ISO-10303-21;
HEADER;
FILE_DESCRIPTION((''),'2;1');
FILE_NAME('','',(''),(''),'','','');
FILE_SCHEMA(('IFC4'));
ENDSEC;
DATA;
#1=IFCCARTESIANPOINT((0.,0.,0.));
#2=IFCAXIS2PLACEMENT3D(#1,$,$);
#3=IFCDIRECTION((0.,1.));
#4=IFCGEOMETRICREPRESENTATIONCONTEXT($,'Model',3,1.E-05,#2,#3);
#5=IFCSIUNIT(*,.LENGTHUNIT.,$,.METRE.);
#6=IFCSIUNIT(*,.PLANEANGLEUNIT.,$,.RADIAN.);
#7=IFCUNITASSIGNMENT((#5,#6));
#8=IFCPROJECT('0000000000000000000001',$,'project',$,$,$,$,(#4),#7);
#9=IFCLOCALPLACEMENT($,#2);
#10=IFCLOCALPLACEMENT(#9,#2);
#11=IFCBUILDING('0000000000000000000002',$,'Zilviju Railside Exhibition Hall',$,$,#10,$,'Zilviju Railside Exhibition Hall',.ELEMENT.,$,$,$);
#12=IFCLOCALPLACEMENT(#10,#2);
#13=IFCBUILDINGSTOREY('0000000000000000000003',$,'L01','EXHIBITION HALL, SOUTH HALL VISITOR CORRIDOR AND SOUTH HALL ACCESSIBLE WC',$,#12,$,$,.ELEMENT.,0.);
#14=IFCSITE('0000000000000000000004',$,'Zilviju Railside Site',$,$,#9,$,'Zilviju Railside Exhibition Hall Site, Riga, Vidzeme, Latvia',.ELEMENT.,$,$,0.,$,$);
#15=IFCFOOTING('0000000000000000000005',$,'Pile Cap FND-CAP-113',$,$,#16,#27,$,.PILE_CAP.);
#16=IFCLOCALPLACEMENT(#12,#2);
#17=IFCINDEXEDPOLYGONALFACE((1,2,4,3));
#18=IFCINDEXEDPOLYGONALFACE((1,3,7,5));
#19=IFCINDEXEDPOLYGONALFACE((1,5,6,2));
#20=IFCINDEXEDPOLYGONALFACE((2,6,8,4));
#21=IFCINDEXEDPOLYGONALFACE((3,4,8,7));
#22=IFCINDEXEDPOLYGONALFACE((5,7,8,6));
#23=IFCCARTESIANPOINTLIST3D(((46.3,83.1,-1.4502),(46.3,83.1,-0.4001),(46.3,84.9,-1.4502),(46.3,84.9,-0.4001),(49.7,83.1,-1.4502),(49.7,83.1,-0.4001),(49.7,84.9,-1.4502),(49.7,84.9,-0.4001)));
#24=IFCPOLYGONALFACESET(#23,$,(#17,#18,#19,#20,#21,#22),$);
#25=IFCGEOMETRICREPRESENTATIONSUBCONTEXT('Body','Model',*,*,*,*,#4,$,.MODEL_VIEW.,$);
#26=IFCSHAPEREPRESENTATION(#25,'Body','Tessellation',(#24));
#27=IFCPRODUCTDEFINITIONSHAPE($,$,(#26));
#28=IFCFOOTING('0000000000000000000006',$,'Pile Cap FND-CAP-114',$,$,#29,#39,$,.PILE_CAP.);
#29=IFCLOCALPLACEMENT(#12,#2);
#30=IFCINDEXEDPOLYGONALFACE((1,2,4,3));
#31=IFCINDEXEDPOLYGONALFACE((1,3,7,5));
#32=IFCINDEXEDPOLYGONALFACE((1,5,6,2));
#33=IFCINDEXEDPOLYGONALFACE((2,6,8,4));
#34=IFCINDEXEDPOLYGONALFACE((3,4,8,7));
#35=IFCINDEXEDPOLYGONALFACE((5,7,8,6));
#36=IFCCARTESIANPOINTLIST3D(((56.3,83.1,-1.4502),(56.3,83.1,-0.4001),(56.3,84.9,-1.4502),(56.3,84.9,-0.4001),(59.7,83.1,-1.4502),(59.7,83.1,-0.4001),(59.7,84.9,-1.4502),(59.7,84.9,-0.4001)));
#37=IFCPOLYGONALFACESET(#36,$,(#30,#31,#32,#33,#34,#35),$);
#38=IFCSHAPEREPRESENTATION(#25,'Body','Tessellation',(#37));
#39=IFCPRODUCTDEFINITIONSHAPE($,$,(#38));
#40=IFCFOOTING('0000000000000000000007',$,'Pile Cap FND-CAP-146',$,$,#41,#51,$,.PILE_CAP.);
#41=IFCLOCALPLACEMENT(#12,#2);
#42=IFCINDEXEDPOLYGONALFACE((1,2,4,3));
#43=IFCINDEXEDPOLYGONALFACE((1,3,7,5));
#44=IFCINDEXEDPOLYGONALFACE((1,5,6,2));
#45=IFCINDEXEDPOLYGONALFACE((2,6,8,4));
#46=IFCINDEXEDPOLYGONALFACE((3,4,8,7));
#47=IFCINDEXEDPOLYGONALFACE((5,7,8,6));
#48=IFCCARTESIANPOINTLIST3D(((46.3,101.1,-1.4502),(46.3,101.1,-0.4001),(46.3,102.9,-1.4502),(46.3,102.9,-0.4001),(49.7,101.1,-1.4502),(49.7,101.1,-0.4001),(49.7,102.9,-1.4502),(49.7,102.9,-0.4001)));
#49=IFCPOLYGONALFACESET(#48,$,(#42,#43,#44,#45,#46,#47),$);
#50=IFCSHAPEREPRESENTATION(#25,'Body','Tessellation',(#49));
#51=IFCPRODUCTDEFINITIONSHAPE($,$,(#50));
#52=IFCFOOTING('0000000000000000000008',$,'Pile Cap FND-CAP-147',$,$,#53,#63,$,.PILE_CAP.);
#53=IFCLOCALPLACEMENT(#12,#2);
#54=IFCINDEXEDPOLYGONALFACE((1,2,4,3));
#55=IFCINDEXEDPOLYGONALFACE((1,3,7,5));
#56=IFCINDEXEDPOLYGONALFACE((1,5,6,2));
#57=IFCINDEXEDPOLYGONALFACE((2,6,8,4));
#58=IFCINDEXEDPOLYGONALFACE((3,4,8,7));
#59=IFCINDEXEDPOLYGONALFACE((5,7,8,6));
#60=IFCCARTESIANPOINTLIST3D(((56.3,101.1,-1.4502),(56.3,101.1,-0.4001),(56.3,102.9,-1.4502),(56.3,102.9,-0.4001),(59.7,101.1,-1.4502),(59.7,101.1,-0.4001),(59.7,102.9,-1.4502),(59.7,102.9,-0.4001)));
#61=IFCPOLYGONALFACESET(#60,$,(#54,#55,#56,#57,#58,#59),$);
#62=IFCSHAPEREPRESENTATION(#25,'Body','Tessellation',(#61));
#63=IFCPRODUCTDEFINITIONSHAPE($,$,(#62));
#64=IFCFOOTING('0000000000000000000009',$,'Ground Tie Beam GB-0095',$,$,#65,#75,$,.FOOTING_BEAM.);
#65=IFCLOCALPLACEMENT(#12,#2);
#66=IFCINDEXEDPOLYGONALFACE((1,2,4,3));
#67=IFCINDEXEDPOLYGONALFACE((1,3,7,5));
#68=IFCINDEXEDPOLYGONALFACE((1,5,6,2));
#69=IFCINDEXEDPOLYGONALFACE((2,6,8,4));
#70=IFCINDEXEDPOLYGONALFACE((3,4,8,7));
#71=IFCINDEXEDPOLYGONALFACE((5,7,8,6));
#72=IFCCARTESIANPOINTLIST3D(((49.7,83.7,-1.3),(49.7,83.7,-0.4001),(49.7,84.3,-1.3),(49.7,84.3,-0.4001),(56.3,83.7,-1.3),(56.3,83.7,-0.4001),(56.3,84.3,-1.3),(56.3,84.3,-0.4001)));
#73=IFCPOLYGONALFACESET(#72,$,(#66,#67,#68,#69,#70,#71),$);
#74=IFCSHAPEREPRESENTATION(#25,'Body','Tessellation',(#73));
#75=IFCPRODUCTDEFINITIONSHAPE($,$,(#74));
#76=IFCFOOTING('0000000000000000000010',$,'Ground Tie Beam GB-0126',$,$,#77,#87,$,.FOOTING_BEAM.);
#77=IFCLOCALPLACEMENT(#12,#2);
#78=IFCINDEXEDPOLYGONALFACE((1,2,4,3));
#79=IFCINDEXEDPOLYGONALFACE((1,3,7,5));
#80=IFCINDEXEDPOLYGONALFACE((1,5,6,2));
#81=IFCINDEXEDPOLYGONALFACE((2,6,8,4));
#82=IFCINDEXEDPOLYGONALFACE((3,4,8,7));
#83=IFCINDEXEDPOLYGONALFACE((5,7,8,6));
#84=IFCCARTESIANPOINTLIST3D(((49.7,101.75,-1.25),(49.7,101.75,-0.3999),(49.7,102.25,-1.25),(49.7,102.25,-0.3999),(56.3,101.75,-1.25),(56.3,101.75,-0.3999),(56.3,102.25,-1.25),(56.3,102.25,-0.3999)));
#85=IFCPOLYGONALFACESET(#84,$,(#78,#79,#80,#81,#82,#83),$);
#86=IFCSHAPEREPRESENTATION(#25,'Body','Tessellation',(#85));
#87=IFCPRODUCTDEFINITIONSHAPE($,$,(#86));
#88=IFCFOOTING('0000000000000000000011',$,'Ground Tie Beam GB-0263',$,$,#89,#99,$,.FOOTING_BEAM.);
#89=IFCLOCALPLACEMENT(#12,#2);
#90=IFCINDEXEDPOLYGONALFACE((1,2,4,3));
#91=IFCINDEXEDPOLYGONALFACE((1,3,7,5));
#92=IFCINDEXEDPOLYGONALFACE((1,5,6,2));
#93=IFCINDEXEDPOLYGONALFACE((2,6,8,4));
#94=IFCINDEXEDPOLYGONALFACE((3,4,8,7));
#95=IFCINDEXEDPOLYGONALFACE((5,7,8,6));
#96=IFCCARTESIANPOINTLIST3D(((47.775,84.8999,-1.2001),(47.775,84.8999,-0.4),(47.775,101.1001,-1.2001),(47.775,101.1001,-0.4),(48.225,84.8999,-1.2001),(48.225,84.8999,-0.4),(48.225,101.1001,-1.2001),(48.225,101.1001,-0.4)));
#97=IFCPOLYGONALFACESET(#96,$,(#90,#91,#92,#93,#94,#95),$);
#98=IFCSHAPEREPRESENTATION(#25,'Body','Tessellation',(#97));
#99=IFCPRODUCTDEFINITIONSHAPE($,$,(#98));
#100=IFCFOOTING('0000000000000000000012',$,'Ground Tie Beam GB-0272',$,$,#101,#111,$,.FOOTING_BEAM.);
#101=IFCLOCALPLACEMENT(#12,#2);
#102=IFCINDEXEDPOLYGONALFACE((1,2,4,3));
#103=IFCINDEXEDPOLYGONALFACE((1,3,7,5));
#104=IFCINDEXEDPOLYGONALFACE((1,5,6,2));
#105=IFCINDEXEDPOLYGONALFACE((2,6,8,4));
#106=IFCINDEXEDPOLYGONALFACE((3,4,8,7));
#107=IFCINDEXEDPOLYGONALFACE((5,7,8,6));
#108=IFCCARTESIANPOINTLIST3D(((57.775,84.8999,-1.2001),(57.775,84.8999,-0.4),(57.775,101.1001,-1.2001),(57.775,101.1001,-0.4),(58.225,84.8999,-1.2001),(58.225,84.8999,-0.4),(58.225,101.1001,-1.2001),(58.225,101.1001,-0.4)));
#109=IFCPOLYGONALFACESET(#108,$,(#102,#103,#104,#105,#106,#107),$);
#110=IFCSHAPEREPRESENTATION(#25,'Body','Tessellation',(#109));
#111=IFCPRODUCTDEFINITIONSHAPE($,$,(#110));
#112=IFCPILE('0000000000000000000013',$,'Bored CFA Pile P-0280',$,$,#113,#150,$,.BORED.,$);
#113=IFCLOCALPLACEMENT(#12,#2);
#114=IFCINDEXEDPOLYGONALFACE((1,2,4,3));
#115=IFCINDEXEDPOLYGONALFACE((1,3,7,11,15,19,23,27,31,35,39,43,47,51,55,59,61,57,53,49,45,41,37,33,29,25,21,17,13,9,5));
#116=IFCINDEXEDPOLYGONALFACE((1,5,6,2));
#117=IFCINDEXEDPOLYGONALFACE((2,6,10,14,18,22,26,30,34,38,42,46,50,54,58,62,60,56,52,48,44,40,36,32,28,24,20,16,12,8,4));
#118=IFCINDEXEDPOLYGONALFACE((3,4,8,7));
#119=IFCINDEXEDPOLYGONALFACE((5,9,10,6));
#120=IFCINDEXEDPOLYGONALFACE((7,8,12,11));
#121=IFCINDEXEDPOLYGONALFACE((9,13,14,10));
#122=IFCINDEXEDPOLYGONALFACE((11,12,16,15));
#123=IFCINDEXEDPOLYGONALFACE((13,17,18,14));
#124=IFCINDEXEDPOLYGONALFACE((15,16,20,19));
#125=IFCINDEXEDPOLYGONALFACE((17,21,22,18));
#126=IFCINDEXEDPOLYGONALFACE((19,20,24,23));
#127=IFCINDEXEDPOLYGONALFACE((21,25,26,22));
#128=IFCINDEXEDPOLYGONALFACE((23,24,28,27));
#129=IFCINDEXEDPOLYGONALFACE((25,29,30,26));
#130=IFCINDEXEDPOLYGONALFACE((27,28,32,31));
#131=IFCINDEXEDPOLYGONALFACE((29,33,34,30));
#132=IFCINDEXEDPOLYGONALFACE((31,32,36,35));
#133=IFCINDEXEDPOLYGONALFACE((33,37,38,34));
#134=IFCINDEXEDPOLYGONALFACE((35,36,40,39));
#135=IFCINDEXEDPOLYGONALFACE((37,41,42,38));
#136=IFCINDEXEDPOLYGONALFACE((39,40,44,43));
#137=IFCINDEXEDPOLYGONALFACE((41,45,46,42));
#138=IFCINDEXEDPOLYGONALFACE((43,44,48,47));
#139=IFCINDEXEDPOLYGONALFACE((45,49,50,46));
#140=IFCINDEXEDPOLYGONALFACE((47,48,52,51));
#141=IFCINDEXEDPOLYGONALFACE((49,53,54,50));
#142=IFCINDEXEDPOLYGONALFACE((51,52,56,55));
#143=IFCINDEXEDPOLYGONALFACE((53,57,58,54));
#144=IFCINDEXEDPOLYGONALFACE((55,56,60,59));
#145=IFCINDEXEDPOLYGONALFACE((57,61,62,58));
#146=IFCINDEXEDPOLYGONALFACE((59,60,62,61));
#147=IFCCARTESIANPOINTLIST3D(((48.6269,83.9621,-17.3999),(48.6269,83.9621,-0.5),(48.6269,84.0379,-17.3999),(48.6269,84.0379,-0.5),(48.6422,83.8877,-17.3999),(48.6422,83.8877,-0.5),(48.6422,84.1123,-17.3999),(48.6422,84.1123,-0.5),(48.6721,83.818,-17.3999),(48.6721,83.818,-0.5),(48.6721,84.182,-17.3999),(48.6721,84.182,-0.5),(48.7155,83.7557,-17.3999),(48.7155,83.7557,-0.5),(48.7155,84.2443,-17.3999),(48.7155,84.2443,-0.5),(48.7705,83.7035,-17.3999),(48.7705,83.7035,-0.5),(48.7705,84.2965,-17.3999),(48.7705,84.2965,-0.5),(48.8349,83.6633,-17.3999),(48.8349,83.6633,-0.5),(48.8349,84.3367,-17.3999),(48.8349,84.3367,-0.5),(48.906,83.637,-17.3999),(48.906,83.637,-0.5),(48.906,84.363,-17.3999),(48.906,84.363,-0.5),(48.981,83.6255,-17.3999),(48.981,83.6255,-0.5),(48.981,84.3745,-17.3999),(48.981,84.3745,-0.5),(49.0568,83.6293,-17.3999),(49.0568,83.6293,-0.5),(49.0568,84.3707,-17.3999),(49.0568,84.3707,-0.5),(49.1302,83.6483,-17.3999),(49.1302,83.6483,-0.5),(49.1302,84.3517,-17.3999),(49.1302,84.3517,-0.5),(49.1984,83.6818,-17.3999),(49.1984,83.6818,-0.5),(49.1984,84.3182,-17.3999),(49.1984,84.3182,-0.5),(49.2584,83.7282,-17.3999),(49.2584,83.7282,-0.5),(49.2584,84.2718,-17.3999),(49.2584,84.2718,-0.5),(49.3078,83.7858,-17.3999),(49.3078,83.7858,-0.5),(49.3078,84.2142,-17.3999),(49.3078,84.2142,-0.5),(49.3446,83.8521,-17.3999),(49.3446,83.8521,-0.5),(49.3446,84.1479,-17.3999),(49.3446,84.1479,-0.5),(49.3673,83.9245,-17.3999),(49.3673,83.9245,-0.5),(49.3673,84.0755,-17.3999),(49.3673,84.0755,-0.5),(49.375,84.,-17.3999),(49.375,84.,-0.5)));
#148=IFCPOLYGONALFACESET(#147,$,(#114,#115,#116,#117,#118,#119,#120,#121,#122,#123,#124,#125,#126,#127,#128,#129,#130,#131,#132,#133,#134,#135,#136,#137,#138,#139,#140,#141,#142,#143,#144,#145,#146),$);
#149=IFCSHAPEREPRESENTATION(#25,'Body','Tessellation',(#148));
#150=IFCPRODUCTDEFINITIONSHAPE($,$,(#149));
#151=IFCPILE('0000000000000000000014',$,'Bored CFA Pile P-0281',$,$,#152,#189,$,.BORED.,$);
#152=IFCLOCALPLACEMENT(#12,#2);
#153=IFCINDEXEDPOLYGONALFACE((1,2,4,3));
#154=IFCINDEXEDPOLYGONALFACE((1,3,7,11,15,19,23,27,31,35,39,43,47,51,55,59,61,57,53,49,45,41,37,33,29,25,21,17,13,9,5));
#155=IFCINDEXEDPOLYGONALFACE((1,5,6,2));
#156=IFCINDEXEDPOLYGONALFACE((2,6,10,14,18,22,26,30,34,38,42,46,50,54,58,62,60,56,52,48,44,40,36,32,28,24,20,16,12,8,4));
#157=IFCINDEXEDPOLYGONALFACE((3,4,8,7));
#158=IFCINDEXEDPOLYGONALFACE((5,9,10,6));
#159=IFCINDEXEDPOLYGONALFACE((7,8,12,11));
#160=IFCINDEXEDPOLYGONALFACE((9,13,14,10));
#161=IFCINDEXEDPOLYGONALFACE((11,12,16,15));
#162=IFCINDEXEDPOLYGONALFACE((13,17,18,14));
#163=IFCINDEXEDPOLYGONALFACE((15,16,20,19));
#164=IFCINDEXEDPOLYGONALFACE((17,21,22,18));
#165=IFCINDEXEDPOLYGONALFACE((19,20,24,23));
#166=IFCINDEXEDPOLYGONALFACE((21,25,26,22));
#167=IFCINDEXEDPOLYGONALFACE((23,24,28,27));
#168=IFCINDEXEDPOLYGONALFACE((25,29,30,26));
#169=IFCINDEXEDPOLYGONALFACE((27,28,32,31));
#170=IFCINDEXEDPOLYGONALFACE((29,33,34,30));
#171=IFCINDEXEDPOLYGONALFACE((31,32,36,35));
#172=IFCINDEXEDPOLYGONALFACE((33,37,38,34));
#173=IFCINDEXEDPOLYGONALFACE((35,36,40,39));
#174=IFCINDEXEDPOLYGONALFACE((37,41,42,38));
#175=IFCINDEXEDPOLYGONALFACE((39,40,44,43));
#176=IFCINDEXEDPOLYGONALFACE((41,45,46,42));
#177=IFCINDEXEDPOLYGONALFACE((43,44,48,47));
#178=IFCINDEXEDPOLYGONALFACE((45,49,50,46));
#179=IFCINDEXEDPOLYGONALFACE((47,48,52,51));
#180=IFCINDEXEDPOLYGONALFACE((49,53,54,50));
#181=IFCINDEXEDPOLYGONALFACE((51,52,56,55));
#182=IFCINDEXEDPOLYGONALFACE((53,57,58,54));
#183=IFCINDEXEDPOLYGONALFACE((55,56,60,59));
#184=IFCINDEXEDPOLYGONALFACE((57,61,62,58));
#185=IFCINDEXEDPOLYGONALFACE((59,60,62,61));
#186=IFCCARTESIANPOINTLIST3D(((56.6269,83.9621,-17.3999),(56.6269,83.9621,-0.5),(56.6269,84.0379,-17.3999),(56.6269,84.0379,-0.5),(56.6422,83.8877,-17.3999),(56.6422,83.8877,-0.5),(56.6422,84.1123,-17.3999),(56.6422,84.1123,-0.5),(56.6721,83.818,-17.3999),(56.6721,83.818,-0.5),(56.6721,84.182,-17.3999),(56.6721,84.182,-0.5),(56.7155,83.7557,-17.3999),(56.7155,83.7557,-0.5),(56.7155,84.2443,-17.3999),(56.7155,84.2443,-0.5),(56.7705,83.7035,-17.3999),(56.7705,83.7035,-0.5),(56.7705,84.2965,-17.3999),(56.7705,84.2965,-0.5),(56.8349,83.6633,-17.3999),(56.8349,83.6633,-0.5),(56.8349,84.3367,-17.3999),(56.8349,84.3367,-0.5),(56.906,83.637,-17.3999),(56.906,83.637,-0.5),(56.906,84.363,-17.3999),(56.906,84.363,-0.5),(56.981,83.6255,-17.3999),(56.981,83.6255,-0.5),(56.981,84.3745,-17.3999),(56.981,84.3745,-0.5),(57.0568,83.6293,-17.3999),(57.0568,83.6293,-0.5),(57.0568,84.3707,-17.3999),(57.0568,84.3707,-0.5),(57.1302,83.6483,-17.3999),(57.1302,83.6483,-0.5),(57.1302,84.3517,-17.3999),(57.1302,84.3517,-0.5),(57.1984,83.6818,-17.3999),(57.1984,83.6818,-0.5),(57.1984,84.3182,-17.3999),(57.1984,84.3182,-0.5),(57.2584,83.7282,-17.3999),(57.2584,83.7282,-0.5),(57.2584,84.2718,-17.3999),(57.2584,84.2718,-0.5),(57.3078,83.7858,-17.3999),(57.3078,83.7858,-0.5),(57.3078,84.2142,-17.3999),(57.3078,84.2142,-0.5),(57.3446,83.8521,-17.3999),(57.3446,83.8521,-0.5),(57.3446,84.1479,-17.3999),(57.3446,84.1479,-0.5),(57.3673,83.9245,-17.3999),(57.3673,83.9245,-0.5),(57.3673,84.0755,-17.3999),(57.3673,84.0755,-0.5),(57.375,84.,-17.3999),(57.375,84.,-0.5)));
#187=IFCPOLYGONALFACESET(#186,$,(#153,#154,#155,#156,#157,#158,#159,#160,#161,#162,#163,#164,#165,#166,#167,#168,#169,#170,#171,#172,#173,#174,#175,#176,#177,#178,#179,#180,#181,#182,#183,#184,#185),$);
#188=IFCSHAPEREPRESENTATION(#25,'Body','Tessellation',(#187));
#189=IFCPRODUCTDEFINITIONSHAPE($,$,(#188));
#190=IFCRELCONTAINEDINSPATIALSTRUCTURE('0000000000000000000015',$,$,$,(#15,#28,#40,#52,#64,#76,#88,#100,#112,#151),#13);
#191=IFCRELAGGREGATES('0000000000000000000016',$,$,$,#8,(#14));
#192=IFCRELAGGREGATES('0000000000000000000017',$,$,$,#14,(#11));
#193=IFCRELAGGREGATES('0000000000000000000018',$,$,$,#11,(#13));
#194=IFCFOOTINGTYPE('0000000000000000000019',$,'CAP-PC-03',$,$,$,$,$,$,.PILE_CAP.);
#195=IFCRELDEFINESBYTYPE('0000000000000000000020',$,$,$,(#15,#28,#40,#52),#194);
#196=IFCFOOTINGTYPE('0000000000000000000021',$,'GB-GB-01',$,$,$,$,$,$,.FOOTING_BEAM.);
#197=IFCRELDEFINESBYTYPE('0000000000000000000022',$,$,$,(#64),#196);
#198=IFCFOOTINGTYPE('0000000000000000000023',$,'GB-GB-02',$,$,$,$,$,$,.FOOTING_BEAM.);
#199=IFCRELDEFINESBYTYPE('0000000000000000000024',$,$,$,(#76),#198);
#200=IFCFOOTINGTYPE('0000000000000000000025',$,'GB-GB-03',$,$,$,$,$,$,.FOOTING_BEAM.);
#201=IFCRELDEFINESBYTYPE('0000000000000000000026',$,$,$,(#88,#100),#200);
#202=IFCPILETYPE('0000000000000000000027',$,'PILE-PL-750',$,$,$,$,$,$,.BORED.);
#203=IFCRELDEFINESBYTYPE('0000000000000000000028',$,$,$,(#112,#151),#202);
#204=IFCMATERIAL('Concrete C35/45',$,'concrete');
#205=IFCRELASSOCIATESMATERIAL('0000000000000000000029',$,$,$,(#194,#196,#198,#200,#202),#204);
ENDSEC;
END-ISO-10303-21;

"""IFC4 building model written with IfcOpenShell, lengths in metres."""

from ifc_helpers import new_model, si_unit, direction, frame, origin, origin_2d, place, context, subcontext, project, spatial, rectangle, circle, extrude, material, material_profile, profile_set, type_object, element, save


model = new_model("IFC4")

# Units and contexts
model_context = context("Model", 3, precision=1e-05, world=origin(), true_north=direction((0.0, 1.0)))
body_context = subcontext(model_context, "Body", "Model", "MODEL_VIEW")
ifc_project = project(units=[si_unit("LENGTHUNIT", "METRE"), si_unit("PLANEANGLEUNIT", "RADIAN")], contexts=[model_context])

# Site, building, storey
site_placement = place(None, origin())
site = spatial("IfcSite", under=ifc_project, at=site_placement, Name="Zilviju Railside Site", LongName="Zilviju Railside Exhibition Hall Site, Riga, Vidzeme, Latvia", CompositionType="ELEMENT", RefElevation=0.0)
building_placement = place(site_placement, origin())
building = spatial("IfcBuilding", under=site, at=building_placement, Name="Zilviju Railside Exhibition Hall", LongName="Zilviju Railside Exhibition Hall", CompositionType="ELEMENT")
storey_placement = place(building_placement, origin())
storey = spatial("IfcBuildingStorey", under=building, at=storey_placement, Name="L01", Description="EXHIBITION HALL, SOUTH HALL VISITOR CORRIDOR AND SOUTH HALL ACCESSIBLE WC", CompositionType="ELEMENT", Elevation=0.0)

# Footings
ifc_material_1 = material(Name="Concrete C35/45", Category="concrete")
footing_type_1 = type_object("IfcFootingType", Name="CAP-PC-03", PredefinedType="PILE_CAP", material=ifc_material_1)
for number, where, z_axis, x_axis, name in (
    (1, (48.0, 84.0, -1.4502), (0.0, 0.0, 1.0), (1.0, 0.0, 0.0), "Pile Cap FND-CAP-113"),
    (2, (58.0, 84.0, -1.4502), (0.0, 0.0, 1.0), (1.0, 0.0, 0.0), "Pile Cap FND-CAP-114"),
    (3, (48.0, 102.0, -1.4502), (0.0, 0.0, 1.0), (1.0, 0.0, 0.0), "Pile Cap FND-CAP-146"),
    (4, (58.0, 102.0, -1.4502), (0.0, 0.0, 1.0), (1.0, 0.0, 0.0), "Pile Cap FND-CAP-147"),
):
    element("IfcFooting", number, at=place(storey_placement, frame(where, z_axis=z_axis, x_axis=x_axis)), inside=storey, type_object=footing_type_1, Name=name, PredefinedType="PILE_CAP", context=body_context, shape_type="SweptSolid", body=[
        extrude(rectangle(XDim=3.3999, YDim=1.8, at=origin_2d()), origin(), (0.0, 0.0, 1.0), 1.05),
    ])
ifc_material_profile_1 = material_profile(ifc_material_1, rectangle(XDim=0.6001, YDim=0.8999, at=origin_2d()), Name="TIE BEAM 600x900")
ifc_profile_set_1 = profile_set([ifc_material_profile_1], Name="Concrete C35/45")
footing_type_2 = type_object("IfcFootingType", Name="GB-GB-01", PredefinedType="FOOTING_BEAM", material=ifc_profile_set_1)
footing_1_placement = place(storey_placement, frame((49.7, 84.0, -0.8501), z_axis=(1.0, 0.0, 0.0), x_axis=(0.0, 1.0, 0.0)))
element("IfcFooting", 5, at=footing_1_placement, inside=storey, type_object=footing_type_2, Name="Ground Tie Beam GB-0095", PredefinedType="FOOTING_BEAM", context=body_context, shape_type="SweptSolid", body=[
    extrude(rectangle(XDim=0.6001, YDim=0.8999, at=origin_2d()), origin(), (0.0, 0.0, 1.0), 6.6001),
])
ifc_material_profile_2 = material_profile(ifc_material_1, rectangle(XDim=0.5, YDim=0.8501, at=origin_2d()), Name="TIE BEAM 500x850")
ifc_profile_set_2 = profile_set([ifc_material_profile_2], Name="Concrete C35/45")
footing_type_3 = type_object("IfcFootingType", Name="GB-GB-02", PredefinedType="FOOTING_BEAM", material=ifc_profile_set_2)
footing_2_placement = place(storey_placement, frame((49.7, 102.0, -0.825), z_axis=(1.0, 0.0, 0.0), x_axis=(0.0, 1.0, 0.0)))
element("IfcFooting", 6, at=footing_2_placement, inside=storey, type_object=footing_type_3, Name="Ground Tie Beam GB-0126", PredefinedType="FOOTING_BEAM", context=body_context, shape_type="SweptSolid", body=[
    extrude(rectangle(XDim=0.5, YDim=0.8501, at=origin_2d()), origin(), (0.0, 0.0, 1.0), 6.6001),
])
ifc_material_profile_3 = material_profile(ifc_material_1, rectangle(XDim=0.45, YDim=0.8, at=origin_2d()), Name="TIE BEAM 450x800")
ifc_profile_set_3 = profile_set([ifc_material_profile_3], Name="Concrete C35/45")
footing_type_4 = type_object("IfcFootingType", Name="GB-GB-03", PredefinedType="FOOTING_BEAM", material=ifc_profile_set_3)
for number, where, z_axis, x_axis, name in (
    (7, (48.0, 84.8999, -0.8), (0.0, 1.0, 0.0), (-1.0, 0.0, 0.0), "Ground Tie Beam GB-0263"),
    (8, (58.0, 84.8999, -0.8), (0.0, 1.0, 0.0), (-1.0, 0.0, 0.0), "Ground Tie Beam GB-0272"),
):
    element("IfcFooting", number, at=place(storey_placement, frame(where, z_axis=z_axis, x_axis=x_axis)), inside=storey, type_object=footing_type_4, Name=name, PredefinedType="FOOTING_BEAM", context=body_context, shape_type="SweptSolid", body=[
        extrude(rectangle(XDim=0.45, YDim=0.8, at=origin_2d()), origin(), (0.0, 0.0, 1.0), 16.2002),
    ])

# Piles
ifc_material_profile_4 = material_profile(ifc_material_1, circle(Radius=0.375, at=origin_2d()), Name="CFA PILE D750")
ifc_profile_set_4 = profile_set([ifc_material_profile_4], Name="Concrete C35/45")
pile_type = type_object("IfcPileType", Name="PILE-PL-750", PredefinedType="BORED", material=ifc_profile_set_4)
for number, where, z_axis, x_axis, name in (
    (9, (49.0, 84.0, -0.5), (0.0, 0.0, -1.0), (1.0, 0.0, 0.0), "Bored CFA Pile P-0280"),
    (10, (57.0, 84.0, -0.5), (0.0, 0.0, -1.0), (1.0, 0.0, 0.0), "Bored CFA Pile P-0281"),
):
    element("IfcPile", number, at=place(storey_placement, frame(where, z_axis=z_axis, x_axis=x_axis)), inside=storey, type_object=pile_type, Name=name, PredefinedType="BORED", context=body_context, shape_type="SweptSolid", body=[
        extrude(circle(Radius=0.375, at=origin_2d()), origin(), (0.0, 0.0, 1.0), 16.8999),
    ])

save(model, "model.ifc")
